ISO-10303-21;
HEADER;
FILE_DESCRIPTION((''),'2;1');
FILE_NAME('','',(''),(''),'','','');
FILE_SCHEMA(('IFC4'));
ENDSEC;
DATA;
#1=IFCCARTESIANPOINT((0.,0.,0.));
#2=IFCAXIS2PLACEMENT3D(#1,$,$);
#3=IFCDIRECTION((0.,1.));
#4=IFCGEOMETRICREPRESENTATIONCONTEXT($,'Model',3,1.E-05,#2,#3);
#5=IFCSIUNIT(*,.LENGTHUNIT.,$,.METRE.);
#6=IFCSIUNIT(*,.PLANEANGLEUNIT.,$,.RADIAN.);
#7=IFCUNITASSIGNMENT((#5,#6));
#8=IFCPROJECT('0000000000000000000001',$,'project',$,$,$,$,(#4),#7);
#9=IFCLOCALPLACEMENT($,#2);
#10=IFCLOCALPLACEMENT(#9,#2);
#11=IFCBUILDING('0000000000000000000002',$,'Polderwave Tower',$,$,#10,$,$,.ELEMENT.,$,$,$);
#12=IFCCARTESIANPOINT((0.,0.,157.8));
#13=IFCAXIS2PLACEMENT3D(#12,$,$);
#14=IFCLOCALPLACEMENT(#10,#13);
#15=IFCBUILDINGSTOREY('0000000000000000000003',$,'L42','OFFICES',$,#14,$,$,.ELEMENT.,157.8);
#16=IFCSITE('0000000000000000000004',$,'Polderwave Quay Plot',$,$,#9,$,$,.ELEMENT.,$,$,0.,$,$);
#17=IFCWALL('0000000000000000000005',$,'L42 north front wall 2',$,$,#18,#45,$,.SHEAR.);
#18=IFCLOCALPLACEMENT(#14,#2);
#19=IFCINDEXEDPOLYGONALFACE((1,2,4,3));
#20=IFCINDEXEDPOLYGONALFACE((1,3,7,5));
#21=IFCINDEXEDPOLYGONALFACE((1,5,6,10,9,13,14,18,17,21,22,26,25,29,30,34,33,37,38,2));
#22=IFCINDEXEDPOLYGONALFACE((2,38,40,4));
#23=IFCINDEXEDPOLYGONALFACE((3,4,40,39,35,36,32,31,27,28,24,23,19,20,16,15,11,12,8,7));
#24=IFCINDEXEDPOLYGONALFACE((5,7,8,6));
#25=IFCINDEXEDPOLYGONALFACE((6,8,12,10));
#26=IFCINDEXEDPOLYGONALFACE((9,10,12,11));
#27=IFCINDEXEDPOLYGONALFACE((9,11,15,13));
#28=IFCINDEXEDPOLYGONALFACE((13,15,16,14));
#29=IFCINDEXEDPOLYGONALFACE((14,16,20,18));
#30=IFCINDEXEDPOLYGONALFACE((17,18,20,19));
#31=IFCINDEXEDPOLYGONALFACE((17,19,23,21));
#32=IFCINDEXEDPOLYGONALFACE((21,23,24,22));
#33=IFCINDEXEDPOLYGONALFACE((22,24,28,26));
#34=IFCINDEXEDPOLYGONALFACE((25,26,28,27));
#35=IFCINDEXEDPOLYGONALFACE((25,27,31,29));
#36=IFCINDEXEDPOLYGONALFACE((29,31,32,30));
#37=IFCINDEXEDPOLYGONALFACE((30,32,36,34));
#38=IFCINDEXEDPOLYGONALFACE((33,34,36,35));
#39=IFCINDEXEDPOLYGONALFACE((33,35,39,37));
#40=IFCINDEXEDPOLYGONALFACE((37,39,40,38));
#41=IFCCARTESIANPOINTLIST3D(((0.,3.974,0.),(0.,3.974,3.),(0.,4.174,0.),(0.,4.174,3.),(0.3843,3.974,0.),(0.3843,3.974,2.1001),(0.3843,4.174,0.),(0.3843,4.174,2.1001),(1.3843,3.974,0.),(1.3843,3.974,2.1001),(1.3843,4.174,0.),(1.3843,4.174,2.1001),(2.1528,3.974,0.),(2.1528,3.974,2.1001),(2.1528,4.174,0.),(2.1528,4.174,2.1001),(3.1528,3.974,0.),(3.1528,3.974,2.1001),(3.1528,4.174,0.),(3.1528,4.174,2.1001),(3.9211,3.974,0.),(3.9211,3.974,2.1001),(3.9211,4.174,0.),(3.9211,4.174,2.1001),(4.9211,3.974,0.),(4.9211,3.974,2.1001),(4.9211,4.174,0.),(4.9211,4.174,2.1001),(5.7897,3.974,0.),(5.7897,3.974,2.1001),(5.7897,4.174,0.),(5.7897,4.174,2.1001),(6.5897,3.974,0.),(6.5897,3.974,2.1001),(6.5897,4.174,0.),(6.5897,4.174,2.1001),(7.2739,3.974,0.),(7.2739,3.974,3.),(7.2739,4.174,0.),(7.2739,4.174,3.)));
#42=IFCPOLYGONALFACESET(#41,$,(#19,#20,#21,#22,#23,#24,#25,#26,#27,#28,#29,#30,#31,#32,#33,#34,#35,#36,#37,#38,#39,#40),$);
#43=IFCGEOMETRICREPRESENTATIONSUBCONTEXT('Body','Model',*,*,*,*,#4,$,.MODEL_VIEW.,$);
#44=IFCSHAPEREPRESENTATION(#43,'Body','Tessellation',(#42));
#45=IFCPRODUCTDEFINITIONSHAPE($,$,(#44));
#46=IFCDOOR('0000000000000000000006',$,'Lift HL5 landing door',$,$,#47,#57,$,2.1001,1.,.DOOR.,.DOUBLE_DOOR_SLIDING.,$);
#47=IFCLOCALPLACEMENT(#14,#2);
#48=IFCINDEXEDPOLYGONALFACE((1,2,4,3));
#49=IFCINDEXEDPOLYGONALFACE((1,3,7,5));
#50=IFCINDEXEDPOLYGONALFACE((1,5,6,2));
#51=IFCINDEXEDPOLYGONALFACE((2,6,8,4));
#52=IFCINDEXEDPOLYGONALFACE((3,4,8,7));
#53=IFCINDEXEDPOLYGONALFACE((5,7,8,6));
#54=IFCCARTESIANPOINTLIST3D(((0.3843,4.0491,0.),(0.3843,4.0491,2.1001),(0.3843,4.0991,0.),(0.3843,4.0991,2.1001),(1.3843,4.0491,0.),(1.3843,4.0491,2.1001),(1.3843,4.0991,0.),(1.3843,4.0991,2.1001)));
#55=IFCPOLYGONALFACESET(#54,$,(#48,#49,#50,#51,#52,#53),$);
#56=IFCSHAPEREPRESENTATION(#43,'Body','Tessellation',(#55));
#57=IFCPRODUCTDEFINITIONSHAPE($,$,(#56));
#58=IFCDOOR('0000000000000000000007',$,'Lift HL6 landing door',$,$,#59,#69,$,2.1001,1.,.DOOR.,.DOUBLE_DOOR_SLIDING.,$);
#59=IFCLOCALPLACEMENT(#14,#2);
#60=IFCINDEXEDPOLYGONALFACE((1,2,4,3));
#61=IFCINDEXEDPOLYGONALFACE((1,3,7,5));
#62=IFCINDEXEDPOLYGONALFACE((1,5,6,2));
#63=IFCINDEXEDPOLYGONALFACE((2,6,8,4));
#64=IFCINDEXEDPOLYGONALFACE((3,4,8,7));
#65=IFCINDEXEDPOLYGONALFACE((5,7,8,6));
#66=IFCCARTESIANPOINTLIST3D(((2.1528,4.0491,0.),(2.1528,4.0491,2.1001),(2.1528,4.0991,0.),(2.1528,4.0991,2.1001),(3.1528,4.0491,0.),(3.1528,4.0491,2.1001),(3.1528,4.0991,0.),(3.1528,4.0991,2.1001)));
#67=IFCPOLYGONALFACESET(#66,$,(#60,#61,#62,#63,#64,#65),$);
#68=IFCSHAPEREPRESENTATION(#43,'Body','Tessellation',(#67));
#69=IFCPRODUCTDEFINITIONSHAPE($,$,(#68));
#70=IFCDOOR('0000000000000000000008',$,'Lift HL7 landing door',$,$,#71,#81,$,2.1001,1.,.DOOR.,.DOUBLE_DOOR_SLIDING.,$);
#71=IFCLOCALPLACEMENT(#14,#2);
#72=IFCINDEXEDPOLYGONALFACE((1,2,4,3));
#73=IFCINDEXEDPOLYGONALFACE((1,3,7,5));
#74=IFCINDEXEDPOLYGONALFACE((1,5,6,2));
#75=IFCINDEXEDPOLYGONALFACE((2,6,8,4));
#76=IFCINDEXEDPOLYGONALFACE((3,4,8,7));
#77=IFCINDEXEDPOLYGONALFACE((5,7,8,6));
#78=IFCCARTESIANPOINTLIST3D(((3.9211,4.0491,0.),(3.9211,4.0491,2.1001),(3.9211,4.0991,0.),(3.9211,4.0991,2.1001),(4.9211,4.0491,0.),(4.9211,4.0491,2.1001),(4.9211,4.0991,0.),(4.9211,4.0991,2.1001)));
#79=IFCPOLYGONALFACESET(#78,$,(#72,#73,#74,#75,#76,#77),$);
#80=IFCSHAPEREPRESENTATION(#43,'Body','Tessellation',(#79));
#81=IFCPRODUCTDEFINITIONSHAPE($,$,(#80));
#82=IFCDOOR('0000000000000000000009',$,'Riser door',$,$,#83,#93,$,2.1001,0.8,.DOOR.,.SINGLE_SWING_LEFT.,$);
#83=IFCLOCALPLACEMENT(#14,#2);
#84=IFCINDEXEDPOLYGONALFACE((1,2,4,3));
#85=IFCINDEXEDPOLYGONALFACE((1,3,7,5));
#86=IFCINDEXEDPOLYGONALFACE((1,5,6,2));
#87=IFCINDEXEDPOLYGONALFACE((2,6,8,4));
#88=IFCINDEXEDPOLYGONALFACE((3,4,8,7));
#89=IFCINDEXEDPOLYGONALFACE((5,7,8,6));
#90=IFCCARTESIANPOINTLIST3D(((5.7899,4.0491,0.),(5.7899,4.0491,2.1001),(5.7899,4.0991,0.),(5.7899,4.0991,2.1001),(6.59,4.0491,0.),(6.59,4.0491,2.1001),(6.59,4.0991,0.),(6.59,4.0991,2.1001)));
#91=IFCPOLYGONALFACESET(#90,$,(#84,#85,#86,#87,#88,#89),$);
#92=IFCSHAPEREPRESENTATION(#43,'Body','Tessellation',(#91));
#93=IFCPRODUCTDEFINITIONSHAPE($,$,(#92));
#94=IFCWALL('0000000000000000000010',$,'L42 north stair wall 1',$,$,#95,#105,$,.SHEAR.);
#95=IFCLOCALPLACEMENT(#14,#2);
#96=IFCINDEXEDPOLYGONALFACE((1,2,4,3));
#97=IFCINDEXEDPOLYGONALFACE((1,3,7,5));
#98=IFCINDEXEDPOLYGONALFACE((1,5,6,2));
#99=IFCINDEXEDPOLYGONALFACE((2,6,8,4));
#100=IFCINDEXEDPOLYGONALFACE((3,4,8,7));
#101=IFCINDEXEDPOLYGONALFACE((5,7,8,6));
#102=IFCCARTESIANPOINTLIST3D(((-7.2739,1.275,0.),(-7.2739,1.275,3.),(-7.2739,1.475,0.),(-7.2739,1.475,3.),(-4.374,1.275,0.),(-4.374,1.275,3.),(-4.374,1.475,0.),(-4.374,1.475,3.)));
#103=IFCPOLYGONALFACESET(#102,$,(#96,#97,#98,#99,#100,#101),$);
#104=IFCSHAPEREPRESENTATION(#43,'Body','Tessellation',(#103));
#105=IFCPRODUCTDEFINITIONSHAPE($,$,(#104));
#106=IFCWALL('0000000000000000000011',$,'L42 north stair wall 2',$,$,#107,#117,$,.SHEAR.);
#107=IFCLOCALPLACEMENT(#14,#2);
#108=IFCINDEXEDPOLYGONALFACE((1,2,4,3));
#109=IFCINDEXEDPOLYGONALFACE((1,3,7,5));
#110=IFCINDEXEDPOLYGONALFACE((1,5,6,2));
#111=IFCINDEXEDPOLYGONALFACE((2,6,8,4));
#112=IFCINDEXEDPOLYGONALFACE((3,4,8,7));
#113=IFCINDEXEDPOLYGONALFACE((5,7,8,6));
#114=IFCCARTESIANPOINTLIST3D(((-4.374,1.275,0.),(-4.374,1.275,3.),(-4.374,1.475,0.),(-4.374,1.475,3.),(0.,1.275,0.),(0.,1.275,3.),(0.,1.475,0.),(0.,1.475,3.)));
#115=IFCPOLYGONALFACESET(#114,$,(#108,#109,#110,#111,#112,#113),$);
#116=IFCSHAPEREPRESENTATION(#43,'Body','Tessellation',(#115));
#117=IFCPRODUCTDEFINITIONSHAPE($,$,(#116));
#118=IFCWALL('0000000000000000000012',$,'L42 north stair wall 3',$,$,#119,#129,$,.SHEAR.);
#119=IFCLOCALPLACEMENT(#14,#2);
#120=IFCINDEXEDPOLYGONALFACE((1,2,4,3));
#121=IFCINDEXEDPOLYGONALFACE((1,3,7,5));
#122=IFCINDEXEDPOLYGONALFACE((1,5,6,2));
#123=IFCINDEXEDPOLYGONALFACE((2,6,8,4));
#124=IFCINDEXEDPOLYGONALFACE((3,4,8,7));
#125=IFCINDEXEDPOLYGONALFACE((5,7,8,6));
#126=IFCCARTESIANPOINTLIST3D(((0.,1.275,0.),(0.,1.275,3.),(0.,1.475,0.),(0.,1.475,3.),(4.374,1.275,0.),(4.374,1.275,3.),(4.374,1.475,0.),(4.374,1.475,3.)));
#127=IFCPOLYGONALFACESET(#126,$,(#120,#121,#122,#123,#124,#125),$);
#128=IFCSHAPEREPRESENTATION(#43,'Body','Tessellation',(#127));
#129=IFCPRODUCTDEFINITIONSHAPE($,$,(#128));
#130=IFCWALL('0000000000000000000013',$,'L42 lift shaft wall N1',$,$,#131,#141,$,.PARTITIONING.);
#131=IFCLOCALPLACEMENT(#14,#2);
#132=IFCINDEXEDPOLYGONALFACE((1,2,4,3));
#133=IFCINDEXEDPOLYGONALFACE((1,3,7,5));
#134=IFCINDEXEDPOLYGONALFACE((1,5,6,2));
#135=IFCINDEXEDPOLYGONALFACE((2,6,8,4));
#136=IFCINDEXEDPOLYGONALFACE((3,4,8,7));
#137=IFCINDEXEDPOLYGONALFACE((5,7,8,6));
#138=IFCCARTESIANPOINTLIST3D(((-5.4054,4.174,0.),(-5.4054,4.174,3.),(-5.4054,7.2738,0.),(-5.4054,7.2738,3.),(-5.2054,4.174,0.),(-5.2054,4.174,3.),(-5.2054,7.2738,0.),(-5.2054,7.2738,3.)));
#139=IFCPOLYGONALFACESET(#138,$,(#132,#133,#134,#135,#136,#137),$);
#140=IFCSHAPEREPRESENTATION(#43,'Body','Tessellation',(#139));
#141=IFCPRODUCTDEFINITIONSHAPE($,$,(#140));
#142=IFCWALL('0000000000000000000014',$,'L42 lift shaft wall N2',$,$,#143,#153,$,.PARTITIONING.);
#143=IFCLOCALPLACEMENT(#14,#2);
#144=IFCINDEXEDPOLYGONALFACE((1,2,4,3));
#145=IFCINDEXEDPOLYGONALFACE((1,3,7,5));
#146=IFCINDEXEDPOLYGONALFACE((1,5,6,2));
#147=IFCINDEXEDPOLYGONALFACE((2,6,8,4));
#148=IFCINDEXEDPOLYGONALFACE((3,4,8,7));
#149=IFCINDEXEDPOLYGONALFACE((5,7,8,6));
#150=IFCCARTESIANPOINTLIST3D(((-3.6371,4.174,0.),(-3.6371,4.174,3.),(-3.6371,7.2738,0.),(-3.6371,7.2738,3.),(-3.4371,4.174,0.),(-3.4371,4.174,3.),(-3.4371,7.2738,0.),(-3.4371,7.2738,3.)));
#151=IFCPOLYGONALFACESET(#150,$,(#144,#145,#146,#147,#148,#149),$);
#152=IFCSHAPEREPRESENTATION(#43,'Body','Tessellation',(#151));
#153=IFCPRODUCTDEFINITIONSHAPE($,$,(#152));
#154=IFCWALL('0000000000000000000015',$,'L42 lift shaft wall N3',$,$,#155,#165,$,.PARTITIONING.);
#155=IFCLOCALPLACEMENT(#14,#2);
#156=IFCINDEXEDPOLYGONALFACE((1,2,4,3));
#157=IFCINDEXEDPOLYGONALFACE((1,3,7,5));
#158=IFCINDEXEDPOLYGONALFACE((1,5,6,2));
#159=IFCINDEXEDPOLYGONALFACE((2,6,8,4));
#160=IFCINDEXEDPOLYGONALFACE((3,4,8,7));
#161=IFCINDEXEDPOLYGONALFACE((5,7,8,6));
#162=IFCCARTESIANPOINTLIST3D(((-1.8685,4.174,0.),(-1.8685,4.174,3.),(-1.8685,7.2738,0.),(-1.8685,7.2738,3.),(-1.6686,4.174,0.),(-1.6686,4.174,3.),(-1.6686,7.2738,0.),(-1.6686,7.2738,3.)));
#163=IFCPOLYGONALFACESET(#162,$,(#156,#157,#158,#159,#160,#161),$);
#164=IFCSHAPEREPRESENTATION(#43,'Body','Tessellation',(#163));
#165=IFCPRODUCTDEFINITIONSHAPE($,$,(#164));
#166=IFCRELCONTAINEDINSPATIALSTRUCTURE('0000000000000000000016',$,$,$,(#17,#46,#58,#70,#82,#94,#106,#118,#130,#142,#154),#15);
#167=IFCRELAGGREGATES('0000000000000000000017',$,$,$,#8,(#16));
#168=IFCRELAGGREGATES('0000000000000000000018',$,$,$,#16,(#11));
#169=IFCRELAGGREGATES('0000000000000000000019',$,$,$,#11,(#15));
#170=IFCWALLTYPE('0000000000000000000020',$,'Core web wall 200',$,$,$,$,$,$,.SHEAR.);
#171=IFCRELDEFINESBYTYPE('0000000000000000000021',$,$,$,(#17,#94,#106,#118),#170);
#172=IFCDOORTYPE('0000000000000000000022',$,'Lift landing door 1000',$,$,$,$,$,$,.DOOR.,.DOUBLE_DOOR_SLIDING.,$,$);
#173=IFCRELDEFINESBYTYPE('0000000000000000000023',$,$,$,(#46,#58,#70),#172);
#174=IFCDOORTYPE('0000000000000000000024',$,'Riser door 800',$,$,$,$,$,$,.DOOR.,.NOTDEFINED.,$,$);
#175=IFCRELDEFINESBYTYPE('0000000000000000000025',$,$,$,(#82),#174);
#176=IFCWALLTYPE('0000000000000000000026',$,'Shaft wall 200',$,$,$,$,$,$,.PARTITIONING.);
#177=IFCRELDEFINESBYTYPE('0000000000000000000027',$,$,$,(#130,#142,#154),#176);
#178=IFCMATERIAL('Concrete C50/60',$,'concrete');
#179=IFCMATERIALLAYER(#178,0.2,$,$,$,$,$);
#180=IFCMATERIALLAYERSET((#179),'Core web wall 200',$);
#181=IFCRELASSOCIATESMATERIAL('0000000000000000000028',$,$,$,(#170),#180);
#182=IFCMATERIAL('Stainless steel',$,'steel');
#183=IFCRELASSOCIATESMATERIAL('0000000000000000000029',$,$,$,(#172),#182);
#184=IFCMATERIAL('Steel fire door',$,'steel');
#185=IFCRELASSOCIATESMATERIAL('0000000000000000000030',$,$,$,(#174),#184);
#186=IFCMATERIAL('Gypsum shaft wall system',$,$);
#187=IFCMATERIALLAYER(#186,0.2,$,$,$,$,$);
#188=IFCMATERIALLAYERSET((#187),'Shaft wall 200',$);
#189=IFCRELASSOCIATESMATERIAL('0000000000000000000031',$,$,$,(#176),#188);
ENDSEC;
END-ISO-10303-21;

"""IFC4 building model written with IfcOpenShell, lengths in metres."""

from ifc_helpers import new_model, si_unit, direction, frame, frame_2d, origin, place, context, subcontext, project, spatial, rectangle, extrude, material, layer, layer_set, type_object, element, fill, save


model = new_model("IFC4")

# Units and contexts
model_context = context("Model", 3, precision=1e-05, world=origin(), true_north=direction((0.0, 1.0)))
body_context = subcontext(model_context, "Body", "Model", "MODEL_VIEW")
ifc_project = project(units=[si_unit("LENGTHUNIT", "METRE"), si_unit("PLANEANGLEUNIT", "RADIAN")], contexts=[model_context])

# Site, building, storey
site_placement = place(None, origin())
site = spatial("IfcSite", under=ifc_project, at=site_placement, Name="Polderwave Quay Plot", CompositionType="ELEMENT", RefElevation=0.0)
building_placement = place(site_placement, origin())
building = spatial("IfcBuilding", under=site, at=building_placement, Name="Polderwave Tower", CompositionType="ELEMENT")
storey_placement = place(building_placement, frame((0.0, 0.0, 157.8)))
storey = spatial("IfcBuildingStorey", under=building, at=storey_placement, Name="L42", Description="OFFICES", CompositionType="ELEMENT", Elevation=157.8)

# Wall, openings, doors
ifc_material_1 = material(Name="Concrete C50/60", Category="concrete")
ifc_layer_1 = layer(ifc_material_1, 0.2)
ifc_layer_set_1 = layer_set([ifc_layer_1], Name="Core web wall 200")
wall_type_1 = type_object("IfcWallType", Name="Core web wall 200", PredefinedType="SHEAR", material=ifc_layer_set_1)
ifc_material_2 = material(Name="Stainless steel", Category="steel")
door_type_1 = type_object("IfcDoorType", Name="Lift landing door 1000", OperationType="DOUBLE_DOOR_SLIDING", PredefinedType="DOOR", material=ifc_material_2)
wall_1_placement = place(storey_placement, frame((0.0, 4.074, 0.0), z_axis=(0.0, 0.0, 1.0), x_axis=(1.0, 0.0, 0.0)))
wall_1 = element("IfcWall", 1, at=wall_1_placement, inside=storey, type_object=wall_type_1, Name="L42 north front wall 2", PredefinedType="SHEAR", context=body_context, shape_type="SweptSolid", body=[
    extrude(rectangle(XDim=7.2739, YDim=0.2, at=frame_2d((3.637, 0.0))), origin(), (0.0, 0.0, 1.0), 3.0),
])
opening_1_placement = place(wall_1_placement, frame((0.3843, 0.0, 0.0)))
opening_1 = element("IfcOpeningElement", 2, at=opening_1_placement, cuts=wall_1, PredefinedType="OPENING", context=body_context, shape_type="SweptSolid", body=[
    extrude(rectangle(XDim=1.0, YDim=2.1001, at=frame_2d((0.5, 1.05))), frame((0.0, 0.1099, 0.0), z_axis=(0.0, -1.0, 0.0), x_axis=(1.0, 0.0, 0.0)), (0.0, 0.0, 1.0), 0.22),
])
opening_2_placement = place(wall_1_placement, frame((2.1528, 0.0, 0.0)))
opening_2 = element("IfcOpeningElement", 3, at=opening_2_placement, cuts=wall_1, PredefinedType="OPENING", context=body_context, shape_type="SweptSolid", body=[
    extrude(rectangle(XDim=1.0, YDim=2.1001, at=frame_2d((0.5, 1.05))), frame((0.0, 0.1099, 0.0), z_axis=(0.0, -1.0, 0.0), x_axis=(1.0, 0.0, 0.0)), (0.0, 0.0, 1.0), 0.22),
])
opening_3_placement = place(wall_1_placement, frame((3.9211, 0.0, 0.0)))
opening_3 = element("IfcOpeningElement", 4, at=opening_3_placement, cuts=wall_1, PredefinedType="OPENING", context=body_context, shape_type="SweptSolid", body=[
    extrude(rectangle(XDim=1.0, YDim=2.1001, at=frame_2d((0.5, 1.05))), frame((0.0, 0.1099, 0.0), z_axis=(0.0, -1.0, 0.0), x_axis=(1.0, 0.0, 0.0)), (0.0, 0.0, 1.0), 0.22),
])
opening_4_placement = place(wall_1_placement, frame((5.7898, 0.0, 0.0)))
opening_4 = element("IfcOpeningElement", 5, at=opening_4_placement, cuts=wall_1, PredefinedType="OPENING", context=body_context, shape_type="SweptSolid", body=[
    extrude(rectangle(XDim=0.8, YDim=2.1001, at=frame_2d((0.3999, 1.05))), frame((0.0, 0.1099, 0.0), z_axis=(0.0, -1.0, 0.0), x_axis=(1.0, 0.0, 0.0)), (0.0, 0.0, 1.0), 0.22),
])
door_1_placement = place(opening_1_placement, frame((1.0, 0.0, 0.0), z_axis=(0.0, 0.0, 1.0), x_axis=(-1.0, 0.0, 0.0)))
door_1 = element("IfcDoor", 6, at=door_1_placement, inside=storey, type_object=door_type_1, Name="Lift HL5 landing door", OperationType="DOUBLE_DOOR_SLIDING", OverallHeight=2.1001, OverallWidth=1.0, PredefinedType="DOOR", context=body_context, shape_type="SweptSolid", body=[
    extrude(rectangle(XDim=1.0, YDim=2.1001, at=frame_2d((0.5, 1.05))), frame((0.0, 0.0249, 0.0), z_axis=(0.0, -1.0, 0.0), x_axis=(1.0, 0.0, 0.0)), (0.0, 0.0, 1.0), 0.05),
])
fill(opening_1, door_1)
door_2_placement = place(opening_2_placement, frame((1.0, 0.0, 0.0), z_axis=(0.0, 0.0, 1.0), x_axis=(-1.0, 0.0, 0.0)))
door_2 = element("IfcDoor", 7, at=door_2_placement, inside=storey, type_object=door_type_1, Name="Lift HL6 landing door", OperationType="DOUBLE_DOOR_SLIDING", OverallHeight=2.1001, OverallWidth=1.0, PredefinedType="DOOR", context=body_context, shape_type="SweptSolid", body=[
    extrude(rectangle(XDim=1.0, YDim=2.1001, at=frame_2d((0.5, 1.05))), frame((0.0, 0.0249, 0.0), z_axis=(0.0, -1.0, 0.0), x_axis=(1.0, 0.0, 0.0)), (0.0, 0.0, 1.0), 0.05),
])
fill(opening_2, door_2)
door_3_placement = place(opening_3_placement, frame((1.0, 0.0, 0.0), z_axis=(0.0, 0.0, 1.0), x_axis=(-1.0, 0.0, 0.0)))
door_3 = element("IfcDoor", 8, at=door_3_placement, inside=storey, type_object=door_type_1, Name="Lift HL7 landing door", OperationType="DOUBLE_DOOR_SLIDING", OverallHeight=2.1001, OverallWidth=1.0, PredefinedType="DOOR", context=body_context, shape_type="SweptSolid", body=[
    extrude(rectangle(XDim=1.0, YDim=2.1001, at=frame_2d((0.5, 1.05))), frame((0.0, 0.0249, 0.0), z_axis=(0.0, -1.0, 0.0), x_axis=(1.0, 0.0, 0.0)), (0.0, 0.0, 1.0), 0.05),
])
fill(opening_3, door_3)
ifc_material_3 = material(Name="Steel fire door", Category="steel")
door_type_2 = type_object("IfcDoorType", Name="Riser door 800", OperationType="NOTDEFINED", PredefinedType="DOOR", material=ifc_material_3)
door_4_placement = place(opening_4_placement, frame((0.8, 0.0, 0.0), z_axis=(0.0, 0.0, 1.0), x_axis=(-1.0, 0.0, 0.0)))
door_4 = element("IfcDoor", 9, at=door_4_placement, inside=storey, type_object=door_type_2, Name="Riser door", OperationType="SINGLE_SWING_LEFT", OverallHeight=2.1001, OverallWidth=0.8, PredefinedType="DOOR", context=body_context, shape_type="SweptSolid", body=[
    extrude(rectangle(XDim=0.8, YDim=2.1001, at=frame_2d((0.3999, 1.05))), frame((0.0, 0.0249, 0.0), z_axis=(0.0, -1.0, 0.0), x_axis=(1.0, 0.0, 0.0)), (0.0, 0.0, 1.0), 0.05),
])
fill(opening_4, door_4)

# Walls
wall_2_placement = place(storey_placement, frame((-7.2739, 1.375, 0.0), z_axis=(0.0, 0.0, 1.0), x_axis=(1.0, 0.0, 0.0)))
element("IfcWall", 10, at=wall_2_placement, inside=storey, type_object=wall_type_1, Name="L42 north stair wall 1", PredefinedType="SHEAR", context=body_context, shape_type="SweptSolid", body=[
    extrude(rectangle(XDim=2.8999, YDim=0.2, at=frame_2d((1.45, 0.0))), origin(), (0.0, 0.0, 1.0), 3.0),
])
for number, where, z_axis, x_axis, name in (
    (11, (-4.374, 1.375, 0.0), (0.0, 0.0, 1.0), (1.0, 0.0, 0.0), "L42 north stair wall 2"),
    (12, (0.0, 1.375, 0.0), (0.0, 0.0, 1.0), (1.0, 0.0, 0.0), "L42 north stair wall 3"),
):
    element("IfcWall", number, at=place(storey_placement, frame(where, z_axis=z_axis, x_axis=x_axis)), inside=storey, type_object=wall_type_1, Name=name, PredefinedType="SHEAR", context=body_context, shape_type="SweptSolid", body=[
        extrude(rectangle(XDim=4.374, YDim=0.2, at=frame_2d((2.187, 0.0))), origin(), (0.0, 0.0, 1.0), 3.0),
    ])
ifc_material_4 = material(Name="Gypsum shaft wall system")
ifc_layer_2 = layer(ifc_material_4, 0.2)
ifc_layer_set_2 = layer_set([ifc_layer_2], Name="Shaft wall 200")
wall_type_2 = type_object("IfcWallType", Name="Shaft wall 200", PredefinedType="PARTITIONING", material=ifc_layer_set_2)
for number, where, z_axis, x_axis, name in (
    (13, (-5.3054, 4.1741, 0.0), (0.0, 0.0, 1.0), (0.0, 1.0, 0.0), "L42 lift shaft wall N1"),
    (14, (-3.5371, 4.1741, 0.0), (0.0, 0.0, 1.0), (0.0, 1.0, 0.0), "L42 lift shaft wall N2"),
    (15, (-1.7686, 4.1741, 0.0), (0.0, 0.0, 1.0), (0.0, 1.0, 0.0), "L42 lift shaft wall N3"),
):
    element("IfcWall", number, at=place(storey_placement, frame(where, z_axis=z_axis, x_axis=x_axis)), inside=storey, type_object=wall_type_2, Name=name, PredefinedType="PARTITIONING", context=body_context, shape_type="SweptSolid", body=[
        extrude(rectangle(XDim=3.0999, YDim=0.2, at=frame_2d((1.5498, 0.0))), origin(), (0.0, 0.0, 1.0), 3.0),
    ])

save(model, "model.ifc")
